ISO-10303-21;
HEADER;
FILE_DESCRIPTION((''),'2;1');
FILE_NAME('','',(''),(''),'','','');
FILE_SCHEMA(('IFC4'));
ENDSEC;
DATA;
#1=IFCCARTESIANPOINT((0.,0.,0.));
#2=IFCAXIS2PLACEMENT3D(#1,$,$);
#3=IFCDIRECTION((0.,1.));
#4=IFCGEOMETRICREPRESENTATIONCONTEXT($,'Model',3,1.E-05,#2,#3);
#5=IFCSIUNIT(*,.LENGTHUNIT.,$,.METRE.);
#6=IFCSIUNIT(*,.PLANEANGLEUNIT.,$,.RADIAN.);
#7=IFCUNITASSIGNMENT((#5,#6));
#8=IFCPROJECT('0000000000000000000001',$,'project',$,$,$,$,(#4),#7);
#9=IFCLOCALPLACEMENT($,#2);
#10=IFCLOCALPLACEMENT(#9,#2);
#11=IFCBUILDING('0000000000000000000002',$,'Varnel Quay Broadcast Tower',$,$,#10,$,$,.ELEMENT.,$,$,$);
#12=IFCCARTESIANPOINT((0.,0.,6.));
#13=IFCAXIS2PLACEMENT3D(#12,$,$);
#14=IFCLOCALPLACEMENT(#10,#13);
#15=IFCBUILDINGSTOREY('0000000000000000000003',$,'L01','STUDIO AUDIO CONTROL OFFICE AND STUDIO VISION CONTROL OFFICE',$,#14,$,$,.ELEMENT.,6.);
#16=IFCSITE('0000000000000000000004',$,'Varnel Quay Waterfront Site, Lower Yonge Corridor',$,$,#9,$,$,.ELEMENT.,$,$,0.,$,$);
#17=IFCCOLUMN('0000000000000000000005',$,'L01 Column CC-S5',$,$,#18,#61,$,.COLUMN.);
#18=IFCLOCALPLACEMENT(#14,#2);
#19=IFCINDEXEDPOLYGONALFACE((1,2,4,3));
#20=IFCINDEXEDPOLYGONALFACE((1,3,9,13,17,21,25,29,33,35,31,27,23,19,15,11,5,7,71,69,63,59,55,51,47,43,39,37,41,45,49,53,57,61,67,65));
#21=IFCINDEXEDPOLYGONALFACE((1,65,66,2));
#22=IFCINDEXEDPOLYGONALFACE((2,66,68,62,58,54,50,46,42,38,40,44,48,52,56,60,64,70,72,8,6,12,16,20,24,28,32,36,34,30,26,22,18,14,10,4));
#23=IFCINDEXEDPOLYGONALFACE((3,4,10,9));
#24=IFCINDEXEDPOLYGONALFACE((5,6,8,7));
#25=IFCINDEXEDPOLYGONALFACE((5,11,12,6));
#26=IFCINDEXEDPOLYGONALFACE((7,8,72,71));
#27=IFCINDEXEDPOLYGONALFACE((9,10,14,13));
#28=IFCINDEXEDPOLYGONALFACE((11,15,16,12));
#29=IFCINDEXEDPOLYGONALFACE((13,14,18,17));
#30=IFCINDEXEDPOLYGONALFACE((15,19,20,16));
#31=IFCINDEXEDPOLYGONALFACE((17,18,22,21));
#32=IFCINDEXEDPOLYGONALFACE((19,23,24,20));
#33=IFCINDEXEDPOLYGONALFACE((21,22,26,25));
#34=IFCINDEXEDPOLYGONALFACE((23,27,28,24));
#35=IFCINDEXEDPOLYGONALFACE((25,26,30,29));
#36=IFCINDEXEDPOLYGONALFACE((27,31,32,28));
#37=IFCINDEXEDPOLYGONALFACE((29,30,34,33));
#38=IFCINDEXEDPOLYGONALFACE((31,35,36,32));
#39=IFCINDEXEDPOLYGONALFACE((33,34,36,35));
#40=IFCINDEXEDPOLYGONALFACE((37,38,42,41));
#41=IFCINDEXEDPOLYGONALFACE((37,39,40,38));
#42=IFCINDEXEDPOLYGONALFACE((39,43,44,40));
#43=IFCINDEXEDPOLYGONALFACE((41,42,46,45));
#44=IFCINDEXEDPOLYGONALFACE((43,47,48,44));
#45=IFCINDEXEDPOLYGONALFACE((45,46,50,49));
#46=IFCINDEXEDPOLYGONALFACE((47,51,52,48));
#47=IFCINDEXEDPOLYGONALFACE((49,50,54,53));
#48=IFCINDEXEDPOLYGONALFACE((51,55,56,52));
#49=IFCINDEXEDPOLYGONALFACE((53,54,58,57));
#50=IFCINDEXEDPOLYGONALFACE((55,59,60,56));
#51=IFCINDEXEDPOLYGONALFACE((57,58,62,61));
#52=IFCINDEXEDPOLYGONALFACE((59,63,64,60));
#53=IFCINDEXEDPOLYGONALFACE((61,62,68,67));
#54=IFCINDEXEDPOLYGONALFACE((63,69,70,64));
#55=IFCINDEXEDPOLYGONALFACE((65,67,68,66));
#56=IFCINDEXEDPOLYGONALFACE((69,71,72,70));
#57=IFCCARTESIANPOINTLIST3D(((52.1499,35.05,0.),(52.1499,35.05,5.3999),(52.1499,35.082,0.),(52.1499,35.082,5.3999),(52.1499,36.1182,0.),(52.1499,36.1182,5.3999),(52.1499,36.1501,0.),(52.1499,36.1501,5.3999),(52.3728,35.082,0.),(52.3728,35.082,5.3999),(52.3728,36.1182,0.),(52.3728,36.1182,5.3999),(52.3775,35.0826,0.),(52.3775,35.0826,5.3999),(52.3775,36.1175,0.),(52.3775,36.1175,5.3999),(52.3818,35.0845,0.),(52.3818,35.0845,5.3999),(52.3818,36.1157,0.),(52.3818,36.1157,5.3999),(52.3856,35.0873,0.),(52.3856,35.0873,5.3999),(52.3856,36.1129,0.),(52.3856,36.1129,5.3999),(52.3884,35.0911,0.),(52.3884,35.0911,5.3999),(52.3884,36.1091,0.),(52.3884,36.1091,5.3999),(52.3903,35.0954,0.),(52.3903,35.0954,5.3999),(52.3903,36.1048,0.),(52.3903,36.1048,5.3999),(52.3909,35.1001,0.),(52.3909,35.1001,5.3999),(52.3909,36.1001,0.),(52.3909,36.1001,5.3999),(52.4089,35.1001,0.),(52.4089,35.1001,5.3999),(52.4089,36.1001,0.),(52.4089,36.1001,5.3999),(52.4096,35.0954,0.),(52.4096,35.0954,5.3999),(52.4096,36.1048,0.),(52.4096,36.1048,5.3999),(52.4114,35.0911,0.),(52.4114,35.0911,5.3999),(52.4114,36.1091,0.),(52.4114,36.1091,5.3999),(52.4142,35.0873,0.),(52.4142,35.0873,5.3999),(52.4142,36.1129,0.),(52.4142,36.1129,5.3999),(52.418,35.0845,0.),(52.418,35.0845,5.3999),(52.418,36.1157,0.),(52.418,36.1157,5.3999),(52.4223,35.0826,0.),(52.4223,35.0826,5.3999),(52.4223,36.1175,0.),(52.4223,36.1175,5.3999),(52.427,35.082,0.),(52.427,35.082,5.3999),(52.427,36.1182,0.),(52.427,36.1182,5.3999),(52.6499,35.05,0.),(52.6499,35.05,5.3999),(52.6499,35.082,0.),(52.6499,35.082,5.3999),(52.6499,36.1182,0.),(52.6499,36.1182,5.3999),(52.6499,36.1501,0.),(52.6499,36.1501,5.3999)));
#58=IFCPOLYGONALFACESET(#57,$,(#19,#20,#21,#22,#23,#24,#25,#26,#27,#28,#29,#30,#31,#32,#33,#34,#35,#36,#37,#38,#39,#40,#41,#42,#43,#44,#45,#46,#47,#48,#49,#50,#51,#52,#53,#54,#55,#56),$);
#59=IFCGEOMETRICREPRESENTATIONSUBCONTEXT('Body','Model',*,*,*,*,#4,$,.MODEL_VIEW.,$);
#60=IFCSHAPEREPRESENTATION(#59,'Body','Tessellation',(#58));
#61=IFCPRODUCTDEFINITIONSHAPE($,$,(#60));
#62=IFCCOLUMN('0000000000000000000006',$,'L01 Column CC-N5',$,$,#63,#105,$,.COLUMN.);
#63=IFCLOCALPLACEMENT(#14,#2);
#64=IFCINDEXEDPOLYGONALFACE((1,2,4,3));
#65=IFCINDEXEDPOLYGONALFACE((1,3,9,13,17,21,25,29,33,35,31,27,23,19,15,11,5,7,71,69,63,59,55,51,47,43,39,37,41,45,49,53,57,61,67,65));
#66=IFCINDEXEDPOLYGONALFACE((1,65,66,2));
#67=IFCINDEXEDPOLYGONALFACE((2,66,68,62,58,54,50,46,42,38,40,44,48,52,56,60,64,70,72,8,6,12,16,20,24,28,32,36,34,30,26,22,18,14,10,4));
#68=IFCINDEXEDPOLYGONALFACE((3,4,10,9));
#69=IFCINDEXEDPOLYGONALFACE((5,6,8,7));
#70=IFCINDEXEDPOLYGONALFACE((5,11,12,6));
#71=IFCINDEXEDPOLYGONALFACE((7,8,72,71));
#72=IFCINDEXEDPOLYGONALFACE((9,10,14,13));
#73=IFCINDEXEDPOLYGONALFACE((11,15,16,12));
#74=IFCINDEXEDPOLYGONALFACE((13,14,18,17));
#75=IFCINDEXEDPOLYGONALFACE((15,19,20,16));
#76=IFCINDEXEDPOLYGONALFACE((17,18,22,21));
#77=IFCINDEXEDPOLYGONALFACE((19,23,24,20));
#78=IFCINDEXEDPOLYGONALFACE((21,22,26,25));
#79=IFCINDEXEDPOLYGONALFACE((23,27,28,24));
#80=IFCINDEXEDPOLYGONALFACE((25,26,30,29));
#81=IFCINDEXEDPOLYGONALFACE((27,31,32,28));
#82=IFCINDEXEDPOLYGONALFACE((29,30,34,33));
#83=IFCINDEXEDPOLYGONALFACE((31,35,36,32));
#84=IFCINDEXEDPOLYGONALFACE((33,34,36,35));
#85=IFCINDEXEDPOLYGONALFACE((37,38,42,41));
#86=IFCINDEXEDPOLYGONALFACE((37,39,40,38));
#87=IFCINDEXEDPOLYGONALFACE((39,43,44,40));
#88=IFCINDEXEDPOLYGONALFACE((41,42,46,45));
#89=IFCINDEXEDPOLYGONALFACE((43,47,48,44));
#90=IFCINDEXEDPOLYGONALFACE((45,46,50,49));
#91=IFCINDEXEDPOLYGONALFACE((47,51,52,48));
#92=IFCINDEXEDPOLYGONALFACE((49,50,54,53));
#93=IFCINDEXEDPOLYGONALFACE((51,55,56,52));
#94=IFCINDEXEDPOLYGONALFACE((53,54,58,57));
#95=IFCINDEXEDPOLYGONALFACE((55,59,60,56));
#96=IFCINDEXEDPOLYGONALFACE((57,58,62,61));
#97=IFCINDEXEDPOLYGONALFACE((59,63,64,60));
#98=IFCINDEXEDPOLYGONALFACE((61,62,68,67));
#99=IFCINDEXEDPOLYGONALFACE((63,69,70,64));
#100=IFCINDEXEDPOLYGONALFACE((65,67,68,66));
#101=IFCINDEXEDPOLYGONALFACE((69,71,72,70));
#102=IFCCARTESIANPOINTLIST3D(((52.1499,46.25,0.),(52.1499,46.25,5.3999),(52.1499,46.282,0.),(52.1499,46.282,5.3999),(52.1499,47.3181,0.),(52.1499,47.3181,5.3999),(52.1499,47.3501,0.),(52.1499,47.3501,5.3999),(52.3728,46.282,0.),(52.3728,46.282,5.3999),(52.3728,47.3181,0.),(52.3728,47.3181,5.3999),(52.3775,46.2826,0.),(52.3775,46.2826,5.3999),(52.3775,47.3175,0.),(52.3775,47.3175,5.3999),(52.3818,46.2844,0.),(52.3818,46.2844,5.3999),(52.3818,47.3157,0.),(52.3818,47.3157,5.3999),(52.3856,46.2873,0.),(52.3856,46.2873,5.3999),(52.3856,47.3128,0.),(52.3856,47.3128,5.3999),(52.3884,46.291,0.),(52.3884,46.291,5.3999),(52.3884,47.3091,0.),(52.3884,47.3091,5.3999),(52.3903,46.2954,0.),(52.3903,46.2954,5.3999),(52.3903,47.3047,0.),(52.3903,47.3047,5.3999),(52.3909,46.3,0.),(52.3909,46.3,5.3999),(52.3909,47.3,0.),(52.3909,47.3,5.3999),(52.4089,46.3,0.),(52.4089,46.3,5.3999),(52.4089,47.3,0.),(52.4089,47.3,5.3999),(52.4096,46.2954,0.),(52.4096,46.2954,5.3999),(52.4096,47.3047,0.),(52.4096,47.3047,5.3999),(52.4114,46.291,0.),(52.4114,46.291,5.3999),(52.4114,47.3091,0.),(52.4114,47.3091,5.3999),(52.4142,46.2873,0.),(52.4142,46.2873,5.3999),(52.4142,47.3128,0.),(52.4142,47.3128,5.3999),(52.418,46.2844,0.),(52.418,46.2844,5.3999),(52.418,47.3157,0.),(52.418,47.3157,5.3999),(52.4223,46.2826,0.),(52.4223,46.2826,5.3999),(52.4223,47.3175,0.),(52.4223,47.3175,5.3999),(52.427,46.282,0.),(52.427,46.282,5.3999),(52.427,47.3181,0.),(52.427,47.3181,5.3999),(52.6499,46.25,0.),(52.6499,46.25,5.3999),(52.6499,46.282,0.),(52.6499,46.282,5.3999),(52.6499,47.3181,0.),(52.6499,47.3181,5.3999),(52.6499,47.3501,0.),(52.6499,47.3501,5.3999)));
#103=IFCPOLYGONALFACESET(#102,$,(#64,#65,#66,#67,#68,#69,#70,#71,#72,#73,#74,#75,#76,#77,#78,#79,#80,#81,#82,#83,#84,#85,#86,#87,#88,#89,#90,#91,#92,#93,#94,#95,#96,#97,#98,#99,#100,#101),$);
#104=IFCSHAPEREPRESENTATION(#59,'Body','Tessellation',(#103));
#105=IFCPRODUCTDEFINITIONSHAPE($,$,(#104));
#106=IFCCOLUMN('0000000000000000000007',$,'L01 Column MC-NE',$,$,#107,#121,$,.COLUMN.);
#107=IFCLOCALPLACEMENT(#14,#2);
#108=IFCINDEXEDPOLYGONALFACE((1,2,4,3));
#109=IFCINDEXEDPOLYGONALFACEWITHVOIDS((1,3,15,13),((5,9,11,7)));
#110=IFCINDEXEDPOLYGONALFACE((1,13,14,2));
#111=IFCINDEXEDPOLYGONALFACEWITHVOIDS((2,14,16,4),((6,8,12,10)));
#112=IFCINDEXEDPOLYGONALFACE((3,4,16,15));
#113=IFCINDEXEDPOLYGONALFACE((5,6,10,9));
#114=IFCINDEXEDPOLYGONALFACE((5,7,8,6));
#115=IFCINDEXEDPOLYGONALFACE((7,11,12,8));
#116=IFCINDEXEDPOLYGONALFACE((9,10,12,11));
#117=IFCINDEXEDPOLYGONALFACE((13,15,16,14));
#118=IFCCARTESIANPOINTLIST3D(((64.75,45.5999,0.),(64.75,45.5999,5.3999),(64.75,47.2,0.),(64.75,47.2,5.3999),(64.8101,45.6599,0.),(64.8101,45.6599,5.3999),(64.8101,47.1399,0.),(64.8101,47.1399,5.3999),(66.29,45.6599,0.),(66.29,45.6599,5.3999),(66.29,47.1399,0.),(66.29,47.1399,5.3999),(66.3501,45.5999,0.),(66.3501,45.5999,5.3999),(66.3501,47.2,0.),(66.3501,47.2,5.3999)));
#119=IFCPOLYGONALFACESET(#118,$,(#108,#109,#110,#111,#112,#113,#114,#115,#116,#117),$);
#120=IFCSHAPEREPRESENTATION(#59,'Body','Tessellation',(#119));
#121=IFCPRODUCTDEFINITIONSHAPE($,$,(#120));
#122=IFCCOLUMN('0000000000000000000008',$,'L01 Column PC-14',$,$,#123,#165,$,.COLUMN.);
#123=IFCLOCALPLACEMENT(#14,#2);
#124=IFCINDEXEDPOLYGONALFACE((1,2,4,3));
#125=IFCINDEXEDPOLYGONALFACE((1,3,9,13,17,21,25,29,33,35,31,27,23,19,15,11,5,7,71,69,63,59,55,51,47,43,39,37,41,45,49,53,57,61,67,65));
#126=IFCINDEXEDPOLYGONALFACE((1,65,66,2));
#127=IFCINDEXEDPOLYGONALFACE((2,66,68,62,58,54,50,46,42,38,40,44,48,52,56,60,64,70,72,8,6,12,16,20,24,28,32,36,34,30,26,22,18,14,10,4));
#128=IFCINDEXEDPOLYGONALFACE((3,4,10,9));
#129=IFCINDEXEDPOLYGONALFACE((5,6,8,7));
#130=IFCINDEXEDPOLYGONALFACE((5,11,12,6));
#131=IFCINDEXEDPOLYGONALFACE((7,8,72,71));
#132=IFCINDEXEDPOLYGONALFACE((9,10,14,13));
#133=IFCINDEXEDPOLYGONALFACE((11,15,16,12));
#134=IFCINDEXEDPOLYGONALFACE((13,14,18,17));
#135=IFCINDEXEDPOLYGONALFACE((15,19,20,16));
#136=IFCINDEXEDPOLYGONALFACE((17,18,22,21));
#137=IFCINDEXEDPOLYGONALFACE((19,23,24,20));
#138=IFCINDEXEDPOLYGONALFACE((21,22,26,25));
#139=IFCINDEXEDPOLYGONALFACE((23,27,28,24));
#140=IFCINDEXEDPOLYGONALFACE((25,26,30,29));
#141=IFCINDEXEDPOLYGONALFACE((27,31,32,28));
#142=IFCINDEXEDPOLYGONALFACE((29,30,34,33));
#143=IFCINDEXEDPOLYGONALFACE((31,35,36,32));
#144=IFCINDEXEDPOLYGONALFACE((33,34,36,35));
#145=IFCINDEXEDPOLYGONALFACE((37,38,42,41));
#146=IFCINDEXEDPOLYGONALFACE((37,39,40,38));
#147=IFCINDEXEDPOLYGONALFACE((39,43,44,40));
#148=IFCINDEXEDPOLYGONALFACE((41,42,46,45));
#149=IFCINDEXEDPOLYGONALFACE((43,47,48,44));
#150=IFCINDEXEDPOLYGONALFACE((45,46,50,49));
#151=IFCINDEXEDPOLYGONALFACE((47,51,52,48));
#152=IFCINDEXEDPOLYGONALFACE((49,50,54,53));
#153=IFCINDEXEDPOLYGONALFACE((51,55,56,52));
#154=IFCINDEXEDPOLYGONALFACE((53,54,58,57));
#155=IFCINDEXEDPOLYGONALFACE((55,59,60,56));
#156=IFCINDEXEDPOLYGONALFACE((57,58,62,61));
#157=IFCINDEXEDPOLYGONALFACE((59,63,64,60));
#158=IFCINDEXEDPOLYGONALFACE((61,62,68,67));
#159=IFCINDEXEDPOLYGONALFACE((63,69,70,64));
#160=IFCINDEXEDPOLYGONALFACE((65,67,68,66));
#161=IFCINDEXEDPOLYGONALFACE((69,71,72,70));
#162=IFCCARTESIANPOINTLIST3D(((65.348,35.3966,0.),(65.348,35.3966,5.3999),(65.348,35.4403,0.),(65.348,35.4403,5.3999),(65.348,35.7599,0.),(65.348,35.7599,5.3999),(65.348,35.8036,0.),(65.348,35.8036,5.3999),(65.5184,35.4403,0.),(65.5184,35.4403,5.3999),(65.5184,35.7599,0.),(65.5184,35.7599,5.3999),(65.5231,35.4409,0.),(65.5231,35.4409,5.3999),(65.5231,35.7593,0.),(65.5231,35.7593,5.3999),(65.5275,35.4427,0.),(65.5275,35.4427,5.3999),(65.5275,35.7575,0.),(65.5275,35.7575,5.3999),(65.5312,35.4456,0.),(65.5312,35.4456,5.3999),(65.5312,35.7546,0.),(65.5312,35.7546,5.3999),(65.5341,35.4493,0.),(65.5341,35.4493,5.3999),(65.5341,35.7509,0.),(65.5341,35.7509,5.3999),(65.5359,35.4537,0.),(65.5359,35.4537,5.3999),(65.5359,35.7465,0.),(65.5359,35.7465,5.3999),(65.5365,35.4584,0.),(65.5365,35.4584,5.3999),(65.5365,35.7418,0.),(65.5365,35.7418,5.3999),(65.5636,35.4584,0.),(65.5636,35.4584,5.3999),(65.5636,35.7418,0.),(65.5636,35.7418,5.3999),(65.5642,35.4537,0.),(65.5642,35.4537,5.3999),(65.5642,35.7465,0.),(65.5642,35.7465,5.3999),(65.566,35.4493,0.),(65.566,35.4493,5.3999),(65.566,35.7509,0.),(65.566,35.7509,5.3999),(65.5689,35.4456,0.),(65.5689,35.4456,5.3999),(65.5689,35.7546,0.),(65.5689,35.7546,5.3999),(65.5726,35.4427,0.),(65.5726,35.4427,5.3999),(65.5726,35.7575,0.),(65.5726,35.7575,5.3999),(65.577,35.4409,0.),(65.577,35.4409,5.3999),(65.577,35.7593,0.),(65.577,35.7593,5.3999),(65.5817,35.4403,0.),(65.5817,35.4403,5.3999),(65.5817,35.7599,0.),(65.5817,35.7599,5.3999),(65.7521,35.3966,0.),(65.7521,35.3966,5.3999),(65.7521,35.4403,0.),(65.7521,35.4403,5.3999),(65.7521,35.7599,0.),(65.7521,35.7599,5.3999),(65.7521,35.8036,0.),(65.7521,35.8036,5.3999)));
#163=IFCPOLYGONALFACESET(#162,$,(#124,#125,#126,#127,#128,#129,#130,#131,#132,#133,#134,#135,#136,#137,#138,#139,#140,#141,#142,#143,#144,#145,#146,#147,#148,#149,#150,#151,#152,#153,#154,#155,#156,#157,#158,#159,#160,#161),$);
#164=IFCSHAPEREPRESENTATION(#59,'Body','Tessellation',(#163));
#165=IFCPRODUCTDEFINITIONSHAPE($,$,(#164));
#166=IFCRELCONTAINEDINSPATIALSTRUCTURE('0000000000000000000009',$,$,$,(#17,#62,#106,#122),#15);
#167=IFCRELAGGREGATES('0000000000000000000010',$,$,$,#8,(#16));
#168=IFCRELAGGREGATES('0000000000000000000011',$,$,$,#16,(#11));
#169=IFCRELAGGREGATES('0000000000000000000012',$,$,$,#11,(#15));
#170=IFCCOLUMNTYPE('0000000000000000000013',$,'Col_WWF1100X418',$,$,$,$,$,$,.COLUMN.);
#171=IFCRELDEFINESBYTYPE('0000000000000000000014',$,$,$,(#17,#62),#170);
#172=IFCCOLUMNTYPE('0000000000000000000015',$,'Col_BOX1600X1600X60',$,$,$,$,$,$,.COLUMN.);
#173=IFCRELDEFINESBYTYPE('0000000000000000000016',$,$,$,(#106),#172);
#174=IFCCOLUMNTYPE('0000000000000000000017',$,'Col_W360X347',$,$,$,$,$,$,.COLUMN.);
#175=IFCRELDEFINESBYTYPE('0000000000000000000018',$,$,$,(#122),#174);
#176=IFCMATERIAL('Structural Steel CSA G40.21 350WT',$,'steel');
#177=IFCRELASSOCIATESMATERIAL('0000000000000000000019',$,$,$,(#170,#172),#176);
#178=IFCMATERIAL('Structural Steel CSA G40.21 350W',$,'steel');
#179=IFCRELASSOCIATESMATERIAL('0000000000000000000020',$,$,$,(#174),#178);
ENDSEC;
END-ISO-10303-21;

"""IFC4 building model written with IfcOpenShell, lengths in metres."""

from ifc_helpers import new_model, si_unit, direction, frame, origin, origin_2d, place, context, subcontext, project, spatial, hollow_rectangle, i_section, extrude, source, transform, mapped, material, material_profile, profile_set, type_object, type_shapes, element, save


model = new_model("IFC4")

# Units and contexts
model_context = context("Model", 3, precision=1e-05, world=origin(), true_north=direction((0.0, 1.0)))
body_context = subcontext(model_context, "Body", "Model", "MODEL_VIEW")
ifc_project = project(units=[si_unit("LENGTHUNIT", "METRE"), si_unit("PLANEANGLEUNIT", "RADIAN")], contexts=[model_context])

# Site, building, storey
site_placement = place(None, origin())
site = spatial("IfcSite", under=ifc_project, at=site_placement, Name="Varnel Quay Waterfront Site, Lower Yonge Corridor", CompositionType="ELEMENT", RefElevation=0.0)
building_placement = place(site_placement, origin())
building = spatial("IfcBuilding", under=site, at=building_placement, Name="Varnel Quay Broadcast Tower", CompositionType="ELEMENT")
storey_placement = place(building_placement, frame((0.0, 0.0, 6.0)))
storey = spatial("IfcBuildingStorey", under=building, at=storey_placement, Name="L01", Description="STUDIO AUDIO CONTROL OFFICE AND STUDIO VISION CONTROL OFFICE", CompositionType="ELEMENT", Elevation=6.0)

# Columns
ifc_material_1 = material(Name="Structural Steel CSA G40.21 350WT", Category="steel")
ifc_material_profile_1 = material_profile(ifc_material_1, i_section(OverallWidth=0.5, OverallDepth=1.1001, WebThickness=0.0181, FlangeThickness=0.032, FilletRadius=0.0181, at=origin_2d()), Name="WWF1100X418")
ifc_profile_set_1 = profile_set([ifc_material_profile_1], Name="Structural Steel CSA G40.21 350WT")
column_type_1 = type_object("IfcColumnType", Name="Col_WWF1100X418", PredefinedType="COLUMN", material=ifc_profile_set_1)
shared_shape_1 = source(origin(), body_context, "Body", "SweptSolid", [
    extrude(i_section(OverallWidth=0.5, OverallDepth=1.1001, WebThickness=0.0181, FlangeThickness=0.032, FilletRadius=0.0181, at=origin_2d()), origin(), (0.0, 0.0, 1.0), 5.3999),
])
type_shapes(column_type_1, [shared_shape_1])
for number, where, z_axis, x_axis, name in (
    (1, (52.3999, 35.6001, 0.0), (0.0, 0.0, 1.0), (1.0, 0.0, 0.0), "L01 Column CC-S5"),
    (2, (52.3999, 46.8, 0.0), (0.0, 0.0, 1.0), (1.0, 0.0, 0.0), "L01 Column CC-N5"),
):
    element("IfcColumn", number, at=place(storey_placement, frame(where, z_axis=z_axis, x_axis=x_axis)), inside=storey, type_object=column_type_1, Name=name, PredefinedType="COLUMN", context=body_context, shape_type="MappedRepresentation", body=[
        mapped(shared_shape_1, transform((0.0, 0.0, 0.0), x_axis=(1.0, 0.0, 0.0), y_axis=(0.0, 1.0, 0.0), z_axis=(0.0, 0.0, 1.0), scale=1.0)),
    ])
ifc_material_profile_2 = material_profile(ifc_material_1, hollow_rectangle(XDim=1.6001, YDim=1.6001, WallThickness=0.0601, at=origin_2d()), Name="BOX1600X1600X60")
ifc_profile_set_2 = profile_set([ifc_material_profile_2], Name="Structural Steel CSA G40.21 350WT")
column_type_2 = type_object("IfcColumnType", Name="Col_BOX1600X1600X60", PredefinedType="COLUMN", material=ifc_profile_set_2)
shared_shape_2 = source(origin(), body_context, "Body", "SweptSolid", [
    extrude(hollow_rectangle(XDim=1.6001, YDim=1.6001, WallThickness=0.0601, at=origin_2d()), origin(), (0.0, 0.0, 1.0), 5.3999),
])
type_shapes(column_type_2, [shared_shape_2])
column_1_placement = place(storey_placement, frame((65.55, 46.3999, 0.0), z_axis=(0.0, 0.0, 1.0), x_axis=(1.0, 0.0, 0.0)))
element("IfcColumn", 3, at=column_1_placement, inside=storey, type_object=column_type_2, Name="L01 Column MC-NE", PredefinedType="COLUMN", context=body_context, shape_type="MappedRepresentation", body=[
    mapped(shared_shape_2, transform((0.0, 0.0, 0.0), x_axis=(1.0, 0.0, 0.0), y_axis=(0.0, 1.0, 0.0), z_axis=(0.0, 0.0, 1.0), scale=1.0)),
])
ifc_material_2 = material(Name="Structural Steel CSA G40.21 350W", Category="steel")
ifc_material_profile_3 = material_profile(ifc_material_2, i_section(OverallWidth=0.4041, OverallDepth=0.407, WebThickness=0.0271, FlangeThickness=0.0437, FilletRadius=0.0181, at=origin_2d()), Name="W360X347")
ifc_profile_set_3 = profile_set([ifc_material_profile_3], Name="Structural Steel CSA G40.21 350W")
column_type_3 = type_object("IfcColumnType", Name="Col_W360X347", PredefinedType="COLUMN", material=ifc_profile_set_3)
shared_shape_3 = source(origin(), body_context, "Body", "SweptSolid", [
    extrude(i_section(OverallWidth=0.4041, OverallDepth=0.407, WebThickness=0.0271, FlangeThickness=0.0437, FilletRadius=0.0181, at=origin_2d()), origin(), (0.0, 0.0, 1.0), 5.3999),
])
type_shapes(column_type_3, [shared_shape_3])
column_2_placement = place(storey_placement, frame((65.55, 35.6001, 0.0), z_axis=(0.0, 0.0, 1.0), x_axis=(1.0, 0.0, 0.0)))
element("IfcColumn", 4, at=column_2_placement, inside=storey, type_object=column_type_3, Name="L01 Column PC-14", PredefinedType="COLUMN", context=body_context, shape_type="MappedRepresentation", body=[
    mapped(shared_shape_3, transform((0.0, 0.0, 0.0), x_axis=(1.0, 0.0, 0.0), y_axis=(0.0, 1.0, 0.0), z_axis=(0.0, 0.0, 1.0), scale=1.0)),
])

save(model, "model.ifc")
